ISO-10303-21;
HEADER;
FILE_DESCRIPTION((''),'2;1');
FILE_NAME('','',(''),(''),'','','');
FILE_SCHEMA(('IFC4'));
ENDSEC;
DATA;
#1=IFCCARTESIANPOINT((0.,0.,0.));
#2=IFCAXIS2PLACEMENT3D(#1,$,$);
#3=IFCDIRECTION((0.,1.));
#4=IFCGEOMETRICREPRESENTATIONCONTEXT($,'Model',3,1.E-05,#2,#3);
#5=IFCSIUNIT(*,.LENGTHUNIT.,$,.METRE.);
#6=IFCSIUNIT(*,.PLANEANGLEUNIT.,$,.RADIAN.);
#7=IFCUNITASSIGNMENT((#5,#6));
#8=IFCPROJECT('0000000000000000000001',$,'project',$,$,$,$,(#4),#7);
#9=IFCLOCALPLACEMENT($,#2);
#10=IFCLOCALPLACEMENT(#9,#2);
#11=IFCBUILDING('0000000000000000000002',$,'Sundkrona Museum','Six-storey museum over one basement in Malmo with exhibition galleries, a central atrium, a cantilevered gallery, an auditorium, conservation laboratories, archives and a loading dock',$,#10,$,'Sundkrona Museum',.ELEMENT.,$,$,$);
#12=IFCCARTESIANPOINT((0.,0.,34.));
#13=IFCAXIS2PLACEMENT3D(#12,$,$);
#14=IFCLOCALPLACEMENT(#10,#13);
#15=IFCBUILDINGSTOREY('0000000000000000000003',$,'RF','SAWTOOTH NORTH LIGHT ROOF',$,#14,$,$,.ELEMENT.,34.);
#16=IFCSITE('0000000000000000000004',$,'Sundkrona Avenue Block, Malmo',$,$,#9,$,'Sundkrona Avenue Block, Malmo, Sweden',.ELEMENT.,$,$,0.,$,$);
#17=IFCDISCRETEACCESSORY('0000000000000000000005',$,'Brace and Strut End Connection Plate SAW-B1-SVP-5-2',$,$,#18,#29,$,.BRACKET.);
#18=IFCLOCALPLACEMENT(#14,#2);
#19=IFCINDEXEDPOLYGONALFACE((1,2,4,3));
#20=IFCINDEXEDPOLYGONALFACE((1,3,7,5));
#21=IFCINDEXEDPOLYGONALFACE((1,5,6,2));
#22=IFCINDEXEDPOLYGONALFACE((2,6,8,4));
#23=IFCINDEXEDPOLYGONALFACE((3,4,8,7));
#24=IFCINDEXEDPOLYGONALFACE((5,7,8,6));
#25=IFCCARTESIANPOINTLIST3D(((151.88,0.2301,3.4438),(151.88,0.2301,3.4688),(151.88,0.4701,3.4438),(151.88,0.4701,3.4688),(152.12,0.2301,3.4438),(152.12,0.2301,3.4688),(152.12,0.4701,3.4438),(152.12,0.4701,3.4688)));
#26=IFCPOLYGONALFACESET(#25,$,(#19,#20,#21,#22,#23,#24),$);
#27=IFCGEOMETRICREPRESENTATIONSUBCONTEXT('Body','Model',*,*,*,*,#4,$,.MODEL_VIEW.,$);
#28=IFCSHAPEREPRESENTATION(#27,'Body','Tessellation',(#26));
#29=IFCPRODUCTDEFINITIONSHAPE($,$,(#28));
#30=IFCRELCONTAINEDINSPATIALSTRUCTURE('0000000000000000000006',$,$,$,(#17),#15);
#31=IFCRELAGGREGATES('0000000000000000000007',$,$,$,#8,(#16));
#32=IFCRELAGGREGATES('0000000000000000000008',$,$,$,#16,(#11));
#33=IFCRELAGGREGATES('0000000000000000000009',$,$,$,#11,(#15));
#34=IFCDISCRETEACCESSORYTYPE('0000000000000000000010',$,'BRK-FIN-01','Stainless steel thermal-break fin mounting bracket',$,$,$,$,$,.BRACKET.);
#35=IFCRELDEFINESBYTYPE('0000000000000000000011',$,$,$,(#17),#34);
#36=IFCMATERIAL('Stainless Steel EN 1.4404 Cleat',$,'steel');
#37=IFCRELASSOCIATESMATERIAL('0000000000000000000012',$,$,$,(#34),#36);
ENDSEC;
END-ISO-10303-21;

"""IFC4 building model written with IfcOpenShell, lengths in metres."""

from ifc_helpers import new_model, si_unit, direction, frame, origin, origin_2d, place, context, subcontext, project, spatial, rectangle, extrude, material, type_object, element, save


model = new_model("IFC4")

# Units and contexts
model_context = context("Model", 3, precision=1e-05, world=origin(), true_north=direction((0.0, 1.0)))
body_context = subcontext(model_context, "Body", "Model", "MODEL_VIEW")
ifc_project = project(units=[si_unit("LENGTHUNIT", "METRE"), si_unit("PLANEANGLEUNIT", "RADIAN")], contexts=[model_context])

# Site, building, storey
site_placement = place(None, origin())
site = spatial("IfcSite", under=ifc_project, at=site_placement, Name="Sundkrona Avenue Block, Malmo", LongName="Sundkrona Avenue Block, Malmo, Sweden", CompositionType="ELEMENT", RefElevation=0.0)
building_placement = place(site_placement, origin())
building = spatial("IfcBuilding", under=site, at=building_placement, Name="Sundkrona Museum", Description="Six-storey museum over one basement in Malmo with exhibition galleries, a central atrium, a cantilevered gallery, an auditorium, conservation laboratories, archives and a loading dock", LongName="Sundkrona Museum", CompositionType="ELEMENT")
storey_placement = place(building_placement, frame((0.0, 0.0, 34.0)))
storey = spatial("IfcBuildingStorey", under=building, at=storey_placement, Name="RF", Description="SAWTOOTH NORTH LIGHT ROOF", CompositionType="ELEMENT", Elevation=34.0)

# Discrete accessory
ifc_material_1 = material(Name="Stainless Steel EN 1.4404 Cleat", Category="steel")
discrete_accessory_type = type_object("IfcDiscreteAccessoryType", Name="BRK-FIN-01", Description="Stainless steel thermal-break fin mounting bracket", PredefinedType="BRACKET", material=ifc_material_1)
for number, where, z_axis, x_axis, name in (
    (1, (152.0, 0.3501, 3.4438), (0.0, 0.0, 1.0), (1.0, 0.0, 0.0), "Brace and Strut End Connection Plate SAW-B1-SVP-5-2"),
):
    element("IfcDiscreteAccessory", number, at=place(storey_placement, frame(where, z_axis=z_axis, x_axis=x_axis)), inside=storey, type_object=discrete_accessory_type, Name=name, PredefinedType="BRACKET", context=body_context, shape_type="SweptSolid", body=[
        extrude(rectangle(XDim=0.24, YDim=0.24, at=origin_2d()), origin(), (0.0, 0.0, 1.0), 0.0249),
    ])

save(model, "model.ifc")
